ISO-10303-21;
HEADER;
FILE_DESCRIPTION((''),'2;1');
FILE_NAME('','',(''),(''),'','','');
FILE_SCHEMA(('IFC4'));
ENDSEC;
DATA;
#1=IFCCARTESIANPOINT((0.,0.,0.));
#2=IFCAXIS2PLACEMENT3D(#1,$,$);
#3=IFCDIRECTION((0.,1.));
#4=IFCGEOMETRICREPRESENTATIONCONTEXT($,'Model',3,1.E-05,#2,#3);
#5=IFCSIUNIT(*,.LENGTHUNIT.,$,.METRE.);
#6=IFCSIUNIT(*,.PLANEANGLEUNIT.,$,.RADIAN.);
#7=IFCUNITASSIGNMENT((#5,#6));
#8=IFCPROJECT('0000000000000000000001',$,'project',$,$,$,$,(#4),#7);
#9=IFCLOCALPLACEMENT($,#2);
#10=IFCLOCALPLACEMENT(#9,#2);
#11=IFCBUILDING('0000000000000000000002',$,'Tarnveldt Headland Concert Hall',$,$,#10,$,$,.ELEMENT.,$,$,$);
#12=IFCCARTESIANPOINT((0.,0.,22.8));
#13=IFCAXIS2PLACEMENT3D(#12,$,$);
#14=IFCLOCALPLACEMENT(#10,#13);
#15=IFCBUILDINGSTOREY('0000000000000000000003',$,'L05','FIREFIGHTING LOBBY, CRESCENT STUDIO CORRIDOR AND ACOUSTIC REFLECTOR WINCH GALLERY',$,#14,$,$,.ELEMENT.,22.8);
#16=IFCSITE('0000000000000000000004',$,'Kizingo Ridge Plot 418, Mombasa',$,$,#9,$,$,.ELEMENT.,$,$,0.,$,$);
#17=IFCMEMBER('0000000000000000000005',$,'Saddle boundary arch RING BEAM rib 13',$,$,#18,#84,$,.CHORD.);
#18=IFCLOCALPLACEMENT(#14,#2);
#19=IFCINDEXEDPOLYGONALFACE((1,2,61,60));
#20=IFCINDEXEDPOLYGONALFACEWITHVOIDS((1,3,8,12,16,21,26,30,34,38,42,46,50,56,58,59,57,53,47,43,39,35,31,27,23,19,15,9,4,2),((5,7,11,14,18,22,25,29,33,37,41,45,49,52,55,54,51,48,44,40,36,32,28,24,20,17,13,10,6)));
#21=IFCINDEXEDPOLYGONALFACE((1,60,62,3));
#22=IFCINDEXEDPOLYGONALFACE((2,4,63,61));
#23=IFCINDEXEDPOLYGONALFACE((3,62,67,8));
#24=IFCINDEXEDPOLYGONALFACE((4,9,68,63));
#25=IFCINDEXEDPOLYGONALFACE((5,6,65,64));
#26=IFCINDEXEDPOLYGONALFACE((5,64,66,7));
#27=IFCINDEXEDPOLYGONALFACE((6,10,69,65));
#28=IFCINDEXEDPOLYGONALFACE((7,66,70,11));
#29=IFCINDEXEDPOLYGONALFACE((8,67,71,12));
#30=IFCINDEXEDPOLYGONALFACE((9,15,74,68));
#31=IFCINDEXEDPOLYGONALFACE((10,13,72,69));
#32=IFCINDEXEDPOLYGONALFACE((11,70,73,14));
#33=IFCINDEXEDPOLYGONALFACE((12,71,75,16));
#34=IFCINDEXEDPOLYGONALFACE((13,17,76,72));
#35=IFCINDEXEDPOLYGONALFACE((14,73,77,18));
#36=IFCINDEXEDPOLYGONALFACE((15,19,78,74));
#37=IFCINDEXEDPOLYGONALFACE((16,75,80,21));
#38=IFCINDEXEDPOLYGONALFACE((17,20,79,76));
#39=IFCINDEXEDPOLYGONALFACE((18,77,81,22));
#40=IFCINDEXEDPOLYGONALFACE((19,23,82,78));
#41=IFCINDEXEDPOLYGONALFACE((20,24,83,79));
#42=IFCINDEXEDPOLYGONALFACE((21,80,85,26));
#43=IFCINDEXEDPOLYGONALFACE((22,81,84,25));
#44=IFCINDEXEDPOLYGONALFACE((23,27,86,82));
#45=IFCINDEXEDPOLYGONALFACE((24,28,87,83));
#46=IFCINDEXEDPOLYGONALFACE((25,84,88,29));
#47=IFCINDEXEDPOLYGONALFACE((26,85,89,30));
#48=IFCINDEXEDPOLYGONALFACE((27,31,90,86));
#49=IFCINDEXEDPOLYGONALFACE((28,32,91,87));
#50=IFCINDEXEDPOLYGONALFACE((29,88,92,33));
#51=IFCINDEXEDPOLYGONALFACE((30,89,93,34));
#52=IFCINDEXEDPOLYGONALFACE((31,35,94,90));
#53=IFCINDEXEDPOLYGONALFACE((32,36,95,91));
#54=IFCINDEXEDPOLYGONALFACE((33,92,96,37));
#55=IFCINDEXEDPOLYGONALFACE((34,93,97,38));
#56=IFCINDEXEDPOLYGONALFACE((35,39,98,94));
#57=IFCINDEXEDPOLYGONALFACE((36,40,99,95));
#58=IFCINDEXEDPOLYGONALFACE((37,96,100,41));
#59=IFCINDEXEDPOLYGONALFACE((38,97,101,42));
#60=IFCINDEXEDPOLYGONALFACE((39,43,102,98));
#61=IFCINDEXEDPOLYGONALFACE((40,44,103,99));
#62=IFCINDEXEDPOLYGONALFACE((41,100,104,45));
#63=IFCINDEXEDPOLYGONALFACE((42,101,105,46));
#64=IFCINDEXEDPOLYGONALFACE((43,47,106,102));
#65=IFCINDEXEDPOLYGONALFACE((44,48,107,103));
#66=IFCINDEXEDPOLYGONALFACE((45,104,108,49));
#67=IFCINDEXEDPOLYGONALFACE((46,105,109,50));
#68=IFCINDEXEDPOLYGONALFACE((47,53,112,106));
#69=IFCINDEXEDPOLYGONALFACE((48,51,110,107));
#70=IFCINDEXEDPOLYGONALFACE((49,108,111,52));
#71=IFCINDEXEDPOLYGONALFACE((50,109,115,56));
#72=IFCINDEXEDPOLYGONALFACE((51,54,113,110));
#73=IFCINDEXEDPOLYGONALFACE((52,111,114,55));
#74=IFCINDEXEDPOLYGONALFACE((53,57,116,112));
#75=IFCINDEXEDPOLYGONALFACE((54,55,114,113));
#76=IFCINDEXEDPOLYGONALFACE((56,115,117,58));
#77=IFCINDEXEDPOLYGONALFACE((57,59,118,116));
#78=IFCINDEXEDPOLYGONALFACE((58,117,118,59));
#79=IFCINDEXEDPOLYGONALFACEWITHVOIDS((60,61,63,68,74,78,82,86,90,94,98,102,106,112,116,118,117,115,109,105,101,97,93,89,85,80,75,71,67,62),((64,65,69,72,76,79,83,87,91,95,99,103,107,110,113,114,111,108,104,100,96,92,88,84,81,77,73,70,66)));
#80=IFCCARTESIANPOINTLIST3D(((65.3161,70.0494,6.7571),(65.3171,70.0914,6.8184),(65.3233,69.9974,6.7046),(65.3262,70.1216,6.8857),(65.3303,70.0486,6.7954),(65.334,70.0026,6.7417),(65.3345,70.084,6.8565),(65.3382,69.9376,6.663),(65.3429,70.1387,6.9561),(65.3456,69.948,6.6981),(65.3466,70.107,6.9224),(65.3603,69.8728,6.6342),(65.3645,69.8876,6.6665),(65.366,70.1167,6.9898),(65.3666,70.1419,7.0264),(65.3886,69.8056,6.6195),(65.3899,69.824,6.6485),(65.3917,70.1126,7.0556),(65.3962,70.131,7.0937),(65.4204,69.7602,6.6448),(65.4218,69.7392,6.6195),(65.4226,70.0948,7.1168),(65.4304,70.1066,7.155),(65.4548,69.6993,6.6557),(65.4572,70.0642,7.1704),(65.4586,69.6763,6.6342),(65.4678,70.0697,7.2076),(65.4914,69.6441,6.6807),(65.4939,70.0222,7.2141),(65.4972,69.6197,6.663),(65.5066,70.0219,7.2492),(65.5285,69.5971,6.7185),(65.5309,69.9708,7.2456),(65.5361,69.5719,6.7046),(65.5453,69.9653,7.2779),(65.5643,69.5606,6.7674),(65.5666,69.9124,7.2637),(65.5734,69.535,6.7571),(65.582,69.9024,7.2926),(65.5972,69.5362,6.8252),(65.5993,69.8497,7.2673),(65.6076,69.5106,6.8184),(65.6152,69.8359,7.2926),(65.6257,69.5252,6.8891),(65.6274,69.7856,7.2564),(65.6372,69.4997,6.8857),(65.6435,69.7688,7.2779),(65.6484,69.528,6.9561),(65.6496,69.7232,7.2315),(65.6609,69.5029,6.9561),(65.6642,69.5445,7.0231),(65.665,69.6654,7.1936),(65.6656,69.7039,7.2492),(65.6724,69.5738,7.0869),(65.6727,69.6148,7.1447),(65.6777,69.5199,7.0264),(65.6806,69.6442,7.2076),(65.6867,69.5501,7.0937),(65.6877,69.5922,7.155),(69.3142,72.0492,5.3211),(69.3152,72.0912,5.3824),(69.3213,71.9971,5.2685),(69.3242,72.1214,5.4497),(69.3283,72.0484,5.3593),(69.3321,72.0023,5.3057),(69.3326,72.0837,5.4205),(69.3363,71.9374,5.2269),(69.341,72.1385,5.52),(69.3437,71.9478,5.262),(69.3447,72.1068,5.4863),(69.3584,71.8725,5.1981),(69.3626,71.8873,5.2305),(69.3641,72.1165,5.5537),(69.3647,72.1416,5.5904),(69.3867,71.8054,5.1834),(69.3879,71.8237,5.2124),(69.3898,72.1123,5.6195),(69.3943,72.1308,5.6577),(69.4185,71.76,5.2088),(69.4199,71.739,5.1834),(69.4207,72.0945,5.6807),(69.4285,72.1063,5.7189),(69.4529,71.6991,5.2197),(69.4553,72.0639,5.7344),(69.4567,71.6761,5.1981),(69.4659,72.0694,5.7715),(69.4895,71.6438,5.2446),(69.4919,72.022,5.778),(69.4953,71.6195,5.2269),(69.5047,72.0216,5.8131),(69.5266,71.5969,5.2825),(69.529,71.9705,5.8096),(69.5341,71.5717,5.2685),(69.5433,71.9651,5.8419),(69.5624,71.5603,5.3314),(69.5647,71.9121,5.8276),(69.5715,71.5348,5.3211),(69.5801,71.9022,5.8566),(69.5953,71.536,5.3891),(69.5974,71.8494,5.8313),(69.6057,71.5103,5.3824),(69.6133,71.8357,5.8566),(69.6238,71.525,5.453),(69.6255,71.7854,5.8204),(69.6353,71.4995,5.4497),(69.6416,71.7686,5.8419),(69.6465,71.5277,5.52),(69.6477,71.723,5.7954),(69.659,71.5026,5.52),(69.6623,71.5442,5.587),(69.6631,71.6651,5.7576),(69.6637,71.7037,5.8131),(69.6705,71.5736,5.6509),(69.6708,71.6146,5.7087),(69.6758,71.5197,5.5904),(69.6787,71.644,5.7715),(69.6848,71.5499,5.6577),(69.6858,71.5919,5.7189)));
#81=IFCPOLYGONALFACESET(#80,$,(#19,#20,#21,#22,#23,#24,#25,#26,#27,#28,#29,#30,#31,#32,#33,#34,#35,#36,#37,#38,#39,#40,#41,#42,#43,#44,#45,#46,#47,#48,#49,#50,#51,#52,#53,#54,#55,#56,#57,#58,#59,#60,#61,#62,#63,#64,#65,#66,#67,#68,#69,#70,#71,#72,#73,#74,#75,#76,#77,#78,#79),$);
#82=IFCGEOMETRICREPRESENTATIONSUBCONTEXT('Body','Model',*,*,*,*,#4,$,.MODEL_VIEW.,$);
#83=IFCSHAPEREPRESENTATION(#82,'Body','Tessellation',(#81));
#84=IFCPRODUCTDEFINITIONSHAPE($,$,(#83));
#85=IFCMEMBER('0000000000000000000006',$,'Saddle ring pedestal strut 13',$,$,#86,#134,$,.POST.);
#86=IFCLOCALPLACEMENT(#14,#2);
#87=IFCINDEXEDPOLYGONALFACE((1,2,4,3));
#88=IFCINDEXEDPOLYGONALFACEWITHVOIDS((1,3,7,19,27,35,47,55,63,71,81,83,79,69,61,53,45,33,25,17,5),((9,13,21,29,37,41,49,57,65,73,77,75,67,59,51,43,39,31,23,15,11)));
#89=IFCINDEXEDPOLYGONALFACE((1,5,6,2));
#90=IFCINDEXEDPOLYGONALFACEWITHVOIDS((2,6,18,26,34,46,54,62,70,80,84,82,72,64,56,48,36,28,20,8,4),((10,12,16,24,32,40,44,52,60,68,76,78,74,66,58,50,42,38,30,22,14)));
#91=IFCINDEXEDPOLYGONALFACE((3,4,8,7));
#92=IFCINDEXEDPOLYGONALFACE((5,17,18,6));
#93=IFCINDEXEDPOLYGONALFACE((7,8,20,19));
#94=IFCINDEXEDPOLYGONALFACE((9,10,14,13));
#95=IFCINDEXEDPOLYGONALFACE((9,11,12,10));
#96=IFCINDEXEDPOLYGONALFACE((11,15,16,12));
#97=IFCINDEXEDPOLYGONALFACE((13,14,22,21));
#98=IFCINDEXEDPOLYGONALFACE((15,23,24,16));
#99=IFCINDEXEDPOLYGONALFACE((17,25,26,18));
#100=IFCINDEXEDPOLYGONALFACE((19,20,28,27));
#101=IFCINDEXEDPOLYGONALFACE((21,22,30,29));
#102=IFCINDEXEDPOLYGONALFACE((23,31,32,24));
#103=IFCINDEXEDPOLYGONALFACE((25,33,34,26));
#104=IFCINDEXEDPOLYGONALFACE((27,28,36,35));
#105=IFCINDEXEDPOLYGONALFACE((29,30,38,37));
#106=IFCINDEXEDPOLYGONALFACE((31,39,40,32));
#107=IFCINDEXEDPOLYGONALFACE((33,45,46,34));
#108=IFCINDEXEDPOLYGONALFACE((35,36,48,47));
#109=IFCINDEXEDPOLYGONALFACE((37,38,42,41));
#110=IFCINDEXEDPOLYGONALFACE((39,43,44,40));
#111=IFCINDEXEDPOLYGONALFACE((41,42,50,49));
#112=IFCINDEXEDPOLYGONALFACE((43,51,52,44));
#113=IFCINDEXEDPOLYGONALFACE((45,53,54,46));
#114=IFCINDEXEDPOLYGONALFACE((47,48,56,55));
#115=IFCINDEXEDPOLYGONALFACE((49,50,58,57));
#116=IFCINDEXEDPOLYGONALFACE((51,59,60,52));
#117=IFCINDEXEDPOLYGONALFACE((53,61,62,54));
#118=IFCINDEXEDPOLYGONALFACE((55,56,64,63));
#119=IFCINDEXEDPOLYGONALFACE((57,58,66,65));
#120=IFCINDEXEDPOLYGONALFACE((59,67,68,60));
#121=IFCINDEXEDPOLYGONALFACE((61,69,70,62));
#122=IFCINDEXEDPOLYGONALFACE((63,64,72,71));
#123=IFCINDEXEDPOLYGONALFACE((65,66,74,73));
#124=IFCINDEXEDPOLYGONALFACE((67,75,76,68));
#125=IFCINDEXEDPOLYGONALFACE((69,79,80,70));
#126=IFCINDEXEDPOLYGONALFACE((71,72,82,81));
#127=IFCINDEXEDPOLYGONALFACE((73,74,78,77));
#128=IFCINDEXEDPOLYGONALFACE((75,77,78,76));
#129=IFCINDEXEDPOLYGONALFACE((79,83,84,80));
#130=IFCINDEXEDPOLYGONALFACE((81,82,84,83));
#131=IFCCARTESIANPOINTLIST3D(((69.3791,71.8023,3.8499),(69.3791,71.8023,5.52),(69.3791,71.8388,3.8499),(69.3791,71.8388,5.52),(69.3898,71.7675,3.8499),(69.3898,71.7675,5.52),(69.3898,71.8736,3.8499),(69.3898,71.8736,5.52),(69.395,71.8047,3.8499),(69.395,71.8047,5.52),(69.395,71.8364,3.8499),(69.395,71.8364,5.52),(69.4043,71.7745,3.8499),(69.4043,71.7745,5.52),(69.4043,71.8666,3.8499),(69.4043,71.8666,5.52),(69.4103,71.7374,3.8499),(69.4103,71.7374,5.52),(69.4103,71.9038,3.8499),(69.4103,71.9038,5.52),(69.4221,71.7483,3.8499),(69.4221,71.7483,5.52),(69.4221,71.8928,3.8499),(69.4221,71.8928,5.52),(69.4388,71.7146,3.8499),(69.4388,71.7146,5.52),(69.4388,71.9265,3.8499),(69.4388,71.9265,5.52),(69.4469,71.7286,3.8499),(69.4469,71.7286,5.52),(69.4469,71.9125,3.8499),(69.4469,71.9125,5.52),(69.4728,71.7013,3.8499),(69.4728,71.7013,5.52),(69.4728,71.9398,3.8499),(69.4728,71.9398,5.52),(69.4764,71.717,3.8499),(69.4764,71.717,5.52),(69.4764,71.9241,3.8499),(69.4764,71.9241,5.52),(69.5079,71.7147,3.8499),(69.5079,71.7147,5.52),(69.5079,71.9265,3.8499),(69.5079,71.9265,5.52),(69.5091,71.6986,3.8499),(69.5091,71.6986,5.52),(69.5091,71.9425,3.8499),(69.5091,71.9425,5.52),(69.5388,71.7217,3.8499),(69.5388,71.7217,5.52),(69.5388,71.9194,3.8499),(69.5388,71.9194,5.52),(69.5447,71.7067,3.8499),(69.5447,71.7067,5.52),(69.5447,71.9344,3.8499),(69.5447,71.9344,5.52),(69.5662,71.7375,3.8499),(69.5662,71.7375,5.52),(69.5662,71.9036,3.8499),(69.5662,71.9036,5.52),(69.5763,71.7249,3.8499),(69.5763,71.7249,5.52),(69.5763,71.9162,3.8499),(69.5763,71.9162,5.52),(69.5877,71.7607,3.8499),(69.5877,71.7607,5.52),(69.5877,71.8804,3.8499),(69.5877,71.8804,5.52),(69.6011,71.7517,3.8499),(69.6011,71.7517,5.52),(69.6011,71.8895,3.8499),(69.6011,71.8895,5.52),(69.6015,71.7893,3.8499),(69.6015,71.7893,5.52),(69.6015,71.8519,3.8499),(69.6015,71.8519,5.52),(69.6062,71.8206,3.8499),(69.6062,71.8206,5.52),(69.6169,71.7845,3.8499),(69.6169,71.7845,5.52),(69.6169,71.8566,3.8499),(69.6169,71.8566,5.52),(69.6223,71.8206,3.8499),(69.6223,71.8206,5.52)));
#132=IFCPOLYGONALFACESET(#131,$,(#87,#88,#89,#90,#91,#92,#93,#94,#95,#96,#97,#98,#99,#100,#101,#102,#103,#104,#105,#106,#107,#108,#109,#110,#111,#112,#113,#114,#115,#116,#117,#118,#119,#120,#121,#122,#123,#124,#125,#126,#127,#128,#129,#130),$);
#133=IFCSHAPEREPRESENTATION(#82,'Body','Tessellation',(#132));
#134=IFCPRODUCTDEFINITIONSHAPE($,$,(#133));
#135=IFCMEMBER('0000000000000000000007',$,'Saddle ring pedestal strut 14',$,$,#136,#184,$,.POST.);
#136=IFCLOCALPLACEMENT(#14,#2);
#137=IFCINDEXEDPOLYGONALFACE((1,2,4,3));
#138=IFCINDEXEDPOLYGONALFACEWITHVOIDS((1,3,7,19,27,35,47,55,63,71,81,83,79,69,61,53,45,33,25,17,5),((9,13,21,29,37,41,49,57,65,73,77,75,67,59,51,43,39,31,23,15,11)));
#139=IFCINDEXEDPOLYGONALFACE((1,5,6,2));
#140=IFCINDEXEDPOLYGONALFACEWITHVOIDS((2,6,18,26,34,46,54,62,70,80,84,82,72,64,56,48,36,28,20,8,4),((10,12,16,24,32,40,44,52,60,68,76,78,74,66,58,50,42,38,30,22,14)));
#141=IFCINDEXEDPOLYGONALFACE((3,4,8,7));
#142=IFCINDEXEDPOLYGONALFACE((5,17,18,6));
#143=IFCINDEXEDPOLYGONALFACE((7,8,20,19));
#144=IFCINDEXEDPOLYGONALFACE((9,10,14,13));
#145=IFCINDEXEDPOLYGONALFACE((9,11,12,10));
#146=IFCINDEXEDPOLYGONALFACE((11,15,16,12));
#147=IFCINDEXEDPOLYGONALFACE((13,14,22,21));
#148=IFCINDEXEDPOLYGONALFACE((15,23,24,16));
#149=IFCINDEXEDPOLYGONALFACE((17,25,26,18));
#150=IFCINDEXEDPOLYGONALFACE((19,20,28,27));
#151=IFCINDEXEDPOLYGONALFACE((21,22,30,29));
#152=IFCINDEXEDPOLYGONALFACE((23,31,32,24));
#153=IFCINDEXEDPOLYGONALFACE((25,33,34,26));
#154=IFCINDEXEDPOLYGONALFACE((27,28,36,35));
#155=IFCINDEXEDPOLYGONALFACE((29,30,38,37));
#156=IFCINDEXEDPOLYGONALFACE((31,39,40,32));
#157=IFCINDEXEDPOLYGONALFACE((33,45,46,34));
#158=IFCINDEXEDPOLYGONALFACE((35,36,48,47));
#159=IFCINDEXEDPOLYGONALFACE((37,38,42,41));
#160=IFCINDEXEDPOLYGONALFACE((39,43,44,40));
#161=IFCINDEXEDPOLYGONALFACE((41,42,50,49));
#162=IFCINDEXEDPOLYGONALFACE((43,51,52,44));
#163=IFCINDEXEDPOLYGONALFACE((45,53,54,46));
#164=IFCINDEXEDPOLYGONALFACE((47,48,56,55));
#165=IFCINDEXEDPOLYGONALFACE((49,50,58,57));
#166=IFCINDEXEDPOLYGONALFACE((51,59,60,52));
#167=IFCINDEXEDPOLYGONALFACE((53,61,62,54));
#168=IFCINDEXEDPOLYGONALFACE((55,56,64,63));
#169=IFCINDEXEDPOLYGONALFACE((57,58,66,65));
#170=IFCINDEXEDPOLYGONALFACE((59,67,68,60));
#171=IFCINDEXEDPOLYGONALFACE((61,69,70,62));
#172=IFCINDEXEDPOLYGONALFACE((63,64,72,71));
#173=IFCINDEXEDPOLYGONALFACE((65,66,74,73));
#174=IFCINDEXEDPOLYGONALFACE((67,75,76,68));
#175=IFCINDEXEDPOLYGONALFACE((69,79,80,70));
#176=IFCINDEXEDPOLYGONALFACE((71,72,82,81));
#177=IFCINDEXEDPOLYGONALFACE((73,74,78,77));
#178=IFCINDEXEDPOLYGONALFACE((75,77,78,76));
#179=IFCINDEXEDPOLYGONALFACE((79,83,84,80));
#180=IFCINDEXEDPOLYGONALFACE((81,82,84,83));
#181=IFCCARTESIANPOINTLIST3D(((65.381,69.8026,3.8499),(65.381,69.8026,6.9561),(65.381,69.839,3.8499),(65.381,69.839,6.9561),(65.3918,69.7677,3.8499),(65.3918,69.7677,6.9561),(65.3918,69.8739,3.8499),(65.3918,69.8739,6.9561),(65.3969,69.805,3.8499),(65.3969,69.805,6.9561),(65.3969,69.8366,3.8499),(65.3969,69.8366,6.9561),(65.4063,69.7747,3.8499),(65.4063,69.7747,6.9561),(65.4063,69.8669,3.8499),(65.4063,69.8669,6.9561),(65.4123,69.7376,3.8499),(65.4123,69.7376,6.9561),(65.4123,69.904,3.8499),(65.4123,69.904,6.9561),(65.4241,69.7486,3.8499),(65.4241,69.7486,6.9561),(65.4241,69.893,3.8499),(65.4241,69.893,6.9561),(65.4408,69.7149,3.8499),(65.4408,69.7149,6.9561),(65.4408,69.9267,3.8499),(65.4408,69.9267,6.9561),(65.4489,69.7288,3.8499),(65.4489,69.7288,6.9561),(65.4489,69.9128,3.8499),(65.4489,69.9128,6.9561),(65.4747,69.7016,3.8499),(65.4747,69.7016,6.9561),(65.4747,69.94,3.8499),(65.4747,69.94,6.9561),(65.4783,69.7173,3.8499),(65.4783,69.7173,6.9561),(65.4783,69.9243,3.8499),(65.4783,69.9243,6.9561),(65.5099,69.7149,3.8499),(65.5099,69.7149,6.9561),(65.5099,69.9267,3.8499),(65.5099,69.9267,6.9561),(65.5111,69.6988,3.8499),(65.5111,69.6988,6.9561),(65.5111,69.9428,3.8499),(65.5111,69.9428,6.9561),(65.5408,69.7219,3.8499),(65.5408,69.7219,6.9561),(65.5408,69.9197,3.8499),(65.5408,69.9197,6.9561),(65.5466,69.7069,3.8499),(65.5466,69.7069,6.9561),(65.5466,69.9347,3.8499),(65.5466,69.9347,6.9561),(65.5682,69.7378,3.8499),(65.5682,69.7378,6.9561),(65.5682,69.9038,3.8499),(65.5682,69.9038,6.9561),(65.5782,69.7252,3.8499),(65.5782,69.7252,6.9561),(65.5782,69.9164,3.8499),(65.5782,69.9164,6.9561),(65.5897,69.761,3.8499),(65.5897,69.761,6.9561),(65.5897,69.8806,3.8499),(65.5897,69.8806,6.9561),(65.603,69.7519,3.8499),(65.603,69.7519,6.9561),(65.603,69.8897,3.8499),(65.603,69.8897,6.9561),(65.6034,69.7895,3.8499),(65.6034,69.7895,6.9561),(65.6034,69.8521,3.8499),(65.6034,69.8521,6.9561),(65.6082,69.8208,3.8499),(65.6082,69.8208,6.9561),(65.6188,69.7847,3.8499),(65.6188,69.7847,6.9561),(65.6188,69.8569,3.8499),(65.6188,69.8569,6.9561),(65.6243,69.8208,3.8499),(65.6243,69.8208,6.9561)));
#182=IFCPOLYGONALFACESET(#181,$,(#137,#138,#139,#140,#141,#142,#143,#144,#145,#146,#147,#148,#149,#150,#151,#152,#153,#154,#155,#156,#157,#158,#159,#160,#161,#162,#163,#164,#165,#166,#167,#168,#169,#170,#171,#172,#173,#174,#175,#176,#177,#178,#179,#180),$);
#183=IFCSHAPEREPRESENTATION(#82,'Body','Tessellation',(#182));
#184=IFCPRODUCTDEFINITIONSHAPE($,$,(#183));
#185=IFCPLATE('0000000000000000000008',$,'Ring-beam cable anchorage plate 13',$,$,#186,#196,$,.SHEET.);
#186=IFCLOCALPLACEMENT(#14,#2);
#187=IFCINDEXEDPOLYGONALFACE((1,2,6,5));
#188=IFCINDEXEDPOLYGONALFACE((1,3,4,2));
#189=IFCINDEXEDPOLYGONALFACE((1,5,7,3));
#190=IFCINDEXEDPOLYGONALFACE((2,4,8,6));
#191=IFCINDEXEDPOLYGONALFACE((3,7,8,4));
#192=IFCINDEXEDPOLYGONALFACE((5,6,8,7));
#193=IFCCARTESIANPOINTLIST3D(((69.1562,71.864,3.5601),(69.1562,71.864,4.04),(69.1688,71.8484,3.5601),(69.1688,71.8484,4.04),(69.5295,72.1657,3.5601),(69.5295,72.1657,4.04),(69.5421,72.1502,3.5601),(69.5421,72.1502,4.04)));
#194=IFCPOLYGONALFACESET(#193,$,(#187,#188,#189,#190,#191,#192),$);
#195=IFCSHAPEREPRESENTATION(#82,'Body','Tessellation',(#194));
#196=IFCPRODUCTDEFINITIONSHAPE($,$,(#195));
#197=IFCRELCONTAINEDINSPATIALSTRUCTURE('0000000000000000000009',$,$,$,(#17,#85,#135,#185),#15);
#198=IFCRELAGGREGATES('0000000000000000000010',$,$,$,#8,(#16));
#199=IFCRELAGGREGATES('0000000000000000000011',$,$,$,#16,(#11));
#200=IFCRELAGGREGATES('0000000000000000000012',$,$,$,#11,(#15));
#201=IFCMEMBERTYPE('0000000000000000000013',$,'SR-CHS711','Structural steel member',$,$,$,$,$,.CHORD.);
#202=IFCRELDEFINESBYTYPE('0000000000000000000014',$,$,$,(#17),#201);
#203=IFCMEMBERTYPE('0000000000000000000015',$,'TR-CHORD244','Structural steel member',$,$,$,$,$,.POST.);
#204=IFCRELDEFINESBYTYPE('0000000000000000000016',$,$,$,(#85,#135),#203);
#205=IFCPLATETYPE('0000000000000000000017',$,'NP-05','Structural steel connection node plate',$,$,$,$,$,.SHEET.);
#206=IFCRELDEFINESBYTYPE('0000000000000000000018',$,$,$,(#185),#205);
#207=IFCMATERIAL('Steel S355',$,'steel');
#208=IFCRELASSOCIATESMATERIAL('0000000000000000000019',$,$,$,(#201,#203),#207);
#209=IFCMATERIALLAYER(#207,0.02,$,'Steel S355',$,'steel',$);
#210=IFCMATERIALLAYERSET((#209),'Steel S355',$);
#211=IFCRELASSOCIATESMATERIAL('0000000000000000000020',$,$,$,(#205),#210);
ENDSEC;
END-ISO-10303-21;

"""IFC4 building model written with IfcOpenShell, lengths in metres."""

from ifc_helpers import new_model, si_unit, direction, frame, origin, origin_2d, place, context, subcontext, project, spatial, rectangle, hollow_circle, extrude, material, layer, layer_set, material_profile, profile_set, type_object, element, save


model = new_model("IFC4")

# Units and contexts
model_context = context("Model", 3, precision=1e-05, world=origin(), true_north=direction((0.0, 1.0)))
body_context = subcontext(model_context, "Body", "Model", "MODEL_VIEW")
ifc_project = project(units=[si_unit("LENGTHUNIT", "METRE"), si_unit("PLANEANGLEUNIT", "RADIAN")], contexts=[model_context])

# Site, building, storey
site_placement = place(None, origin())
site = spatial("IfcSite", under=ifc_project, at=site_placement, Name="Kizingo Ridge Plot 418, Mombasa", CompositionType="ELEMENT", RefElevation=0.0)
building_placement = place(site_placement, origin())
building = spatial("IfcBuilding", under=site, at=building_placement, Name="Tarnveldt Headland Concert Hall", CompositionType="ELEMENT")
storey_placement = place(building_placement, frame((0.0, 0.0, 22.8)))
storey = spatial("IfcBuildingStorey", under=building, at=storey_placement, Name="L05", Description="FIREFIGHTING LOBBY, CRESCENT STUDIO CORRIDOR AND ACOUSTIC REFLECTOR WINCH GALLERY", CompositionType="ELEMENT", Elevation=22.8)

# Shared definitions
ifc_material_1 = material(Name="Steel S355", Category="steel")

# Members
ifc_material_profile_1 = material_profile(ifc_material_1, hollow_circle(Radius=0.3555, WallThickness=0.0281, at=origin_2d()), Name="CHS 711x28", Category="steel")
ifc_profile_set_1 = profile_set([ifc_material_profile_1], Name="Steel S355")
member_type_1 = type_object("IfcMemberType", Name="SR-CHS711", Description="Structural steel member", PredefinedType="CHORD", material=ifc_profile_set_1)
member_1_placement = place(storey_placement, frame((69.5, 71.8206, 5.52), z_axis=(-0.851504, -0.425908, 0.305847), x_axis=(0.447345, -0.894362, 0.0)))
element("IfcMember", 1, at=member_1_placement, inside=storey, type_object=member_type_1, Name="Saddle boundary arch RING BEAM rib 13", PredefinedType="CHORD", context=body_context, shape_type="SweptSolid", body=[
    extrude(hollow_circle(Radius=0.3555, WallThickness=0.0281, at=origin_2d()), origin(), (0.0, 0.0, 1.0), 4.6953),
])
ifc_material_profile_2 = material_profile(ifc_material_1, hollow_circle(Radius=0.1223, WallThickness=0.0161, at=origin_2d()), Name="CHS 244.5x16", Category="steel")
ifc_profile_set_2 = profile_set([ifc_material_profile_2], Name="Steel S355")
member_type_2 = type_object("IfcMemberType", Name="TR-CHORD244", Description="Structural steel member", PredefinedType="POST", material=ifc_profile_set_2)
member_2_placement = place(storey_placement, frame((69.5, 71.8206, 3.8499), z_axis=(0.0, 0.0, 1.0), x_axis=(1.0, 0.0, 0.0)))
element("IfcMember", 2, at=member_2_placement, inside=storey, type_object=member_type_2, Name="Saddle ring pedestal strut 13", PredefinedType="POST", context=body_context, shape_type="SweptSolid", body=[
    extrude(hollow_circle(Radius=0.1223, WallThickness=0.0161, at=origin_2d()), origin(), (0.0, 0.0, 1.0), 1.6702),
])
member_3_placement = place(storey_placement, frame((65.502, 69.8208, 3.8499), z_axis=(0.0, 0.0, 1.0), x_axis=(1.0, 0.0, 0.0)))
element("IfcMember", 3, at=member_3_placement, inside=storey, type_object=member_type_2, Name="Saddle ring pedestal strut 14", PredefinedType="POST", context=body_context, shape_type="SweptSolid", body=[
    extrude(hollow_circle(Radius=0.1223, WallThickness=0.0161, at=origin_2d()), origin(), (0.0, 0.0, 1.0), 3.1062),
])

# Plate
ifc_layer_1 = layer(ifc_material_1, 0.02, Name="Steel S355", Category="steel")
ifc_layer_set_1 = layer_set([ifc_layer_1], Name="Steel S355")
plate_type_1 = type_object("IfcPlateType", Name="NP-05", Description="Structural steel connection node plate", PredefinedType="SHEET", material=ifc_layer_set_1)
plate_1_placement = place(storey_placement, frame((69.3491, 72.0071, 3.5601), z_axis=(0.0, 0.0, 1.0), x_axis=(-0.777695, -0.628642, 0.0)))
element("IfcPlate", 4, at=plate_1_placement, inside=storey, type_object=plate_type_1, Name="Ring-beam cable anchorage plate 13", PredefinedType="SHEET", context=body_context, shape_type="SweptSolid", body=[
    extrude(rectangle(XDim=0.48, YDim=0.02, at=origin_2d()), origin(), (0.0, 0.0, 1.0), 0.48),
])

save(model, "model.ifc")
